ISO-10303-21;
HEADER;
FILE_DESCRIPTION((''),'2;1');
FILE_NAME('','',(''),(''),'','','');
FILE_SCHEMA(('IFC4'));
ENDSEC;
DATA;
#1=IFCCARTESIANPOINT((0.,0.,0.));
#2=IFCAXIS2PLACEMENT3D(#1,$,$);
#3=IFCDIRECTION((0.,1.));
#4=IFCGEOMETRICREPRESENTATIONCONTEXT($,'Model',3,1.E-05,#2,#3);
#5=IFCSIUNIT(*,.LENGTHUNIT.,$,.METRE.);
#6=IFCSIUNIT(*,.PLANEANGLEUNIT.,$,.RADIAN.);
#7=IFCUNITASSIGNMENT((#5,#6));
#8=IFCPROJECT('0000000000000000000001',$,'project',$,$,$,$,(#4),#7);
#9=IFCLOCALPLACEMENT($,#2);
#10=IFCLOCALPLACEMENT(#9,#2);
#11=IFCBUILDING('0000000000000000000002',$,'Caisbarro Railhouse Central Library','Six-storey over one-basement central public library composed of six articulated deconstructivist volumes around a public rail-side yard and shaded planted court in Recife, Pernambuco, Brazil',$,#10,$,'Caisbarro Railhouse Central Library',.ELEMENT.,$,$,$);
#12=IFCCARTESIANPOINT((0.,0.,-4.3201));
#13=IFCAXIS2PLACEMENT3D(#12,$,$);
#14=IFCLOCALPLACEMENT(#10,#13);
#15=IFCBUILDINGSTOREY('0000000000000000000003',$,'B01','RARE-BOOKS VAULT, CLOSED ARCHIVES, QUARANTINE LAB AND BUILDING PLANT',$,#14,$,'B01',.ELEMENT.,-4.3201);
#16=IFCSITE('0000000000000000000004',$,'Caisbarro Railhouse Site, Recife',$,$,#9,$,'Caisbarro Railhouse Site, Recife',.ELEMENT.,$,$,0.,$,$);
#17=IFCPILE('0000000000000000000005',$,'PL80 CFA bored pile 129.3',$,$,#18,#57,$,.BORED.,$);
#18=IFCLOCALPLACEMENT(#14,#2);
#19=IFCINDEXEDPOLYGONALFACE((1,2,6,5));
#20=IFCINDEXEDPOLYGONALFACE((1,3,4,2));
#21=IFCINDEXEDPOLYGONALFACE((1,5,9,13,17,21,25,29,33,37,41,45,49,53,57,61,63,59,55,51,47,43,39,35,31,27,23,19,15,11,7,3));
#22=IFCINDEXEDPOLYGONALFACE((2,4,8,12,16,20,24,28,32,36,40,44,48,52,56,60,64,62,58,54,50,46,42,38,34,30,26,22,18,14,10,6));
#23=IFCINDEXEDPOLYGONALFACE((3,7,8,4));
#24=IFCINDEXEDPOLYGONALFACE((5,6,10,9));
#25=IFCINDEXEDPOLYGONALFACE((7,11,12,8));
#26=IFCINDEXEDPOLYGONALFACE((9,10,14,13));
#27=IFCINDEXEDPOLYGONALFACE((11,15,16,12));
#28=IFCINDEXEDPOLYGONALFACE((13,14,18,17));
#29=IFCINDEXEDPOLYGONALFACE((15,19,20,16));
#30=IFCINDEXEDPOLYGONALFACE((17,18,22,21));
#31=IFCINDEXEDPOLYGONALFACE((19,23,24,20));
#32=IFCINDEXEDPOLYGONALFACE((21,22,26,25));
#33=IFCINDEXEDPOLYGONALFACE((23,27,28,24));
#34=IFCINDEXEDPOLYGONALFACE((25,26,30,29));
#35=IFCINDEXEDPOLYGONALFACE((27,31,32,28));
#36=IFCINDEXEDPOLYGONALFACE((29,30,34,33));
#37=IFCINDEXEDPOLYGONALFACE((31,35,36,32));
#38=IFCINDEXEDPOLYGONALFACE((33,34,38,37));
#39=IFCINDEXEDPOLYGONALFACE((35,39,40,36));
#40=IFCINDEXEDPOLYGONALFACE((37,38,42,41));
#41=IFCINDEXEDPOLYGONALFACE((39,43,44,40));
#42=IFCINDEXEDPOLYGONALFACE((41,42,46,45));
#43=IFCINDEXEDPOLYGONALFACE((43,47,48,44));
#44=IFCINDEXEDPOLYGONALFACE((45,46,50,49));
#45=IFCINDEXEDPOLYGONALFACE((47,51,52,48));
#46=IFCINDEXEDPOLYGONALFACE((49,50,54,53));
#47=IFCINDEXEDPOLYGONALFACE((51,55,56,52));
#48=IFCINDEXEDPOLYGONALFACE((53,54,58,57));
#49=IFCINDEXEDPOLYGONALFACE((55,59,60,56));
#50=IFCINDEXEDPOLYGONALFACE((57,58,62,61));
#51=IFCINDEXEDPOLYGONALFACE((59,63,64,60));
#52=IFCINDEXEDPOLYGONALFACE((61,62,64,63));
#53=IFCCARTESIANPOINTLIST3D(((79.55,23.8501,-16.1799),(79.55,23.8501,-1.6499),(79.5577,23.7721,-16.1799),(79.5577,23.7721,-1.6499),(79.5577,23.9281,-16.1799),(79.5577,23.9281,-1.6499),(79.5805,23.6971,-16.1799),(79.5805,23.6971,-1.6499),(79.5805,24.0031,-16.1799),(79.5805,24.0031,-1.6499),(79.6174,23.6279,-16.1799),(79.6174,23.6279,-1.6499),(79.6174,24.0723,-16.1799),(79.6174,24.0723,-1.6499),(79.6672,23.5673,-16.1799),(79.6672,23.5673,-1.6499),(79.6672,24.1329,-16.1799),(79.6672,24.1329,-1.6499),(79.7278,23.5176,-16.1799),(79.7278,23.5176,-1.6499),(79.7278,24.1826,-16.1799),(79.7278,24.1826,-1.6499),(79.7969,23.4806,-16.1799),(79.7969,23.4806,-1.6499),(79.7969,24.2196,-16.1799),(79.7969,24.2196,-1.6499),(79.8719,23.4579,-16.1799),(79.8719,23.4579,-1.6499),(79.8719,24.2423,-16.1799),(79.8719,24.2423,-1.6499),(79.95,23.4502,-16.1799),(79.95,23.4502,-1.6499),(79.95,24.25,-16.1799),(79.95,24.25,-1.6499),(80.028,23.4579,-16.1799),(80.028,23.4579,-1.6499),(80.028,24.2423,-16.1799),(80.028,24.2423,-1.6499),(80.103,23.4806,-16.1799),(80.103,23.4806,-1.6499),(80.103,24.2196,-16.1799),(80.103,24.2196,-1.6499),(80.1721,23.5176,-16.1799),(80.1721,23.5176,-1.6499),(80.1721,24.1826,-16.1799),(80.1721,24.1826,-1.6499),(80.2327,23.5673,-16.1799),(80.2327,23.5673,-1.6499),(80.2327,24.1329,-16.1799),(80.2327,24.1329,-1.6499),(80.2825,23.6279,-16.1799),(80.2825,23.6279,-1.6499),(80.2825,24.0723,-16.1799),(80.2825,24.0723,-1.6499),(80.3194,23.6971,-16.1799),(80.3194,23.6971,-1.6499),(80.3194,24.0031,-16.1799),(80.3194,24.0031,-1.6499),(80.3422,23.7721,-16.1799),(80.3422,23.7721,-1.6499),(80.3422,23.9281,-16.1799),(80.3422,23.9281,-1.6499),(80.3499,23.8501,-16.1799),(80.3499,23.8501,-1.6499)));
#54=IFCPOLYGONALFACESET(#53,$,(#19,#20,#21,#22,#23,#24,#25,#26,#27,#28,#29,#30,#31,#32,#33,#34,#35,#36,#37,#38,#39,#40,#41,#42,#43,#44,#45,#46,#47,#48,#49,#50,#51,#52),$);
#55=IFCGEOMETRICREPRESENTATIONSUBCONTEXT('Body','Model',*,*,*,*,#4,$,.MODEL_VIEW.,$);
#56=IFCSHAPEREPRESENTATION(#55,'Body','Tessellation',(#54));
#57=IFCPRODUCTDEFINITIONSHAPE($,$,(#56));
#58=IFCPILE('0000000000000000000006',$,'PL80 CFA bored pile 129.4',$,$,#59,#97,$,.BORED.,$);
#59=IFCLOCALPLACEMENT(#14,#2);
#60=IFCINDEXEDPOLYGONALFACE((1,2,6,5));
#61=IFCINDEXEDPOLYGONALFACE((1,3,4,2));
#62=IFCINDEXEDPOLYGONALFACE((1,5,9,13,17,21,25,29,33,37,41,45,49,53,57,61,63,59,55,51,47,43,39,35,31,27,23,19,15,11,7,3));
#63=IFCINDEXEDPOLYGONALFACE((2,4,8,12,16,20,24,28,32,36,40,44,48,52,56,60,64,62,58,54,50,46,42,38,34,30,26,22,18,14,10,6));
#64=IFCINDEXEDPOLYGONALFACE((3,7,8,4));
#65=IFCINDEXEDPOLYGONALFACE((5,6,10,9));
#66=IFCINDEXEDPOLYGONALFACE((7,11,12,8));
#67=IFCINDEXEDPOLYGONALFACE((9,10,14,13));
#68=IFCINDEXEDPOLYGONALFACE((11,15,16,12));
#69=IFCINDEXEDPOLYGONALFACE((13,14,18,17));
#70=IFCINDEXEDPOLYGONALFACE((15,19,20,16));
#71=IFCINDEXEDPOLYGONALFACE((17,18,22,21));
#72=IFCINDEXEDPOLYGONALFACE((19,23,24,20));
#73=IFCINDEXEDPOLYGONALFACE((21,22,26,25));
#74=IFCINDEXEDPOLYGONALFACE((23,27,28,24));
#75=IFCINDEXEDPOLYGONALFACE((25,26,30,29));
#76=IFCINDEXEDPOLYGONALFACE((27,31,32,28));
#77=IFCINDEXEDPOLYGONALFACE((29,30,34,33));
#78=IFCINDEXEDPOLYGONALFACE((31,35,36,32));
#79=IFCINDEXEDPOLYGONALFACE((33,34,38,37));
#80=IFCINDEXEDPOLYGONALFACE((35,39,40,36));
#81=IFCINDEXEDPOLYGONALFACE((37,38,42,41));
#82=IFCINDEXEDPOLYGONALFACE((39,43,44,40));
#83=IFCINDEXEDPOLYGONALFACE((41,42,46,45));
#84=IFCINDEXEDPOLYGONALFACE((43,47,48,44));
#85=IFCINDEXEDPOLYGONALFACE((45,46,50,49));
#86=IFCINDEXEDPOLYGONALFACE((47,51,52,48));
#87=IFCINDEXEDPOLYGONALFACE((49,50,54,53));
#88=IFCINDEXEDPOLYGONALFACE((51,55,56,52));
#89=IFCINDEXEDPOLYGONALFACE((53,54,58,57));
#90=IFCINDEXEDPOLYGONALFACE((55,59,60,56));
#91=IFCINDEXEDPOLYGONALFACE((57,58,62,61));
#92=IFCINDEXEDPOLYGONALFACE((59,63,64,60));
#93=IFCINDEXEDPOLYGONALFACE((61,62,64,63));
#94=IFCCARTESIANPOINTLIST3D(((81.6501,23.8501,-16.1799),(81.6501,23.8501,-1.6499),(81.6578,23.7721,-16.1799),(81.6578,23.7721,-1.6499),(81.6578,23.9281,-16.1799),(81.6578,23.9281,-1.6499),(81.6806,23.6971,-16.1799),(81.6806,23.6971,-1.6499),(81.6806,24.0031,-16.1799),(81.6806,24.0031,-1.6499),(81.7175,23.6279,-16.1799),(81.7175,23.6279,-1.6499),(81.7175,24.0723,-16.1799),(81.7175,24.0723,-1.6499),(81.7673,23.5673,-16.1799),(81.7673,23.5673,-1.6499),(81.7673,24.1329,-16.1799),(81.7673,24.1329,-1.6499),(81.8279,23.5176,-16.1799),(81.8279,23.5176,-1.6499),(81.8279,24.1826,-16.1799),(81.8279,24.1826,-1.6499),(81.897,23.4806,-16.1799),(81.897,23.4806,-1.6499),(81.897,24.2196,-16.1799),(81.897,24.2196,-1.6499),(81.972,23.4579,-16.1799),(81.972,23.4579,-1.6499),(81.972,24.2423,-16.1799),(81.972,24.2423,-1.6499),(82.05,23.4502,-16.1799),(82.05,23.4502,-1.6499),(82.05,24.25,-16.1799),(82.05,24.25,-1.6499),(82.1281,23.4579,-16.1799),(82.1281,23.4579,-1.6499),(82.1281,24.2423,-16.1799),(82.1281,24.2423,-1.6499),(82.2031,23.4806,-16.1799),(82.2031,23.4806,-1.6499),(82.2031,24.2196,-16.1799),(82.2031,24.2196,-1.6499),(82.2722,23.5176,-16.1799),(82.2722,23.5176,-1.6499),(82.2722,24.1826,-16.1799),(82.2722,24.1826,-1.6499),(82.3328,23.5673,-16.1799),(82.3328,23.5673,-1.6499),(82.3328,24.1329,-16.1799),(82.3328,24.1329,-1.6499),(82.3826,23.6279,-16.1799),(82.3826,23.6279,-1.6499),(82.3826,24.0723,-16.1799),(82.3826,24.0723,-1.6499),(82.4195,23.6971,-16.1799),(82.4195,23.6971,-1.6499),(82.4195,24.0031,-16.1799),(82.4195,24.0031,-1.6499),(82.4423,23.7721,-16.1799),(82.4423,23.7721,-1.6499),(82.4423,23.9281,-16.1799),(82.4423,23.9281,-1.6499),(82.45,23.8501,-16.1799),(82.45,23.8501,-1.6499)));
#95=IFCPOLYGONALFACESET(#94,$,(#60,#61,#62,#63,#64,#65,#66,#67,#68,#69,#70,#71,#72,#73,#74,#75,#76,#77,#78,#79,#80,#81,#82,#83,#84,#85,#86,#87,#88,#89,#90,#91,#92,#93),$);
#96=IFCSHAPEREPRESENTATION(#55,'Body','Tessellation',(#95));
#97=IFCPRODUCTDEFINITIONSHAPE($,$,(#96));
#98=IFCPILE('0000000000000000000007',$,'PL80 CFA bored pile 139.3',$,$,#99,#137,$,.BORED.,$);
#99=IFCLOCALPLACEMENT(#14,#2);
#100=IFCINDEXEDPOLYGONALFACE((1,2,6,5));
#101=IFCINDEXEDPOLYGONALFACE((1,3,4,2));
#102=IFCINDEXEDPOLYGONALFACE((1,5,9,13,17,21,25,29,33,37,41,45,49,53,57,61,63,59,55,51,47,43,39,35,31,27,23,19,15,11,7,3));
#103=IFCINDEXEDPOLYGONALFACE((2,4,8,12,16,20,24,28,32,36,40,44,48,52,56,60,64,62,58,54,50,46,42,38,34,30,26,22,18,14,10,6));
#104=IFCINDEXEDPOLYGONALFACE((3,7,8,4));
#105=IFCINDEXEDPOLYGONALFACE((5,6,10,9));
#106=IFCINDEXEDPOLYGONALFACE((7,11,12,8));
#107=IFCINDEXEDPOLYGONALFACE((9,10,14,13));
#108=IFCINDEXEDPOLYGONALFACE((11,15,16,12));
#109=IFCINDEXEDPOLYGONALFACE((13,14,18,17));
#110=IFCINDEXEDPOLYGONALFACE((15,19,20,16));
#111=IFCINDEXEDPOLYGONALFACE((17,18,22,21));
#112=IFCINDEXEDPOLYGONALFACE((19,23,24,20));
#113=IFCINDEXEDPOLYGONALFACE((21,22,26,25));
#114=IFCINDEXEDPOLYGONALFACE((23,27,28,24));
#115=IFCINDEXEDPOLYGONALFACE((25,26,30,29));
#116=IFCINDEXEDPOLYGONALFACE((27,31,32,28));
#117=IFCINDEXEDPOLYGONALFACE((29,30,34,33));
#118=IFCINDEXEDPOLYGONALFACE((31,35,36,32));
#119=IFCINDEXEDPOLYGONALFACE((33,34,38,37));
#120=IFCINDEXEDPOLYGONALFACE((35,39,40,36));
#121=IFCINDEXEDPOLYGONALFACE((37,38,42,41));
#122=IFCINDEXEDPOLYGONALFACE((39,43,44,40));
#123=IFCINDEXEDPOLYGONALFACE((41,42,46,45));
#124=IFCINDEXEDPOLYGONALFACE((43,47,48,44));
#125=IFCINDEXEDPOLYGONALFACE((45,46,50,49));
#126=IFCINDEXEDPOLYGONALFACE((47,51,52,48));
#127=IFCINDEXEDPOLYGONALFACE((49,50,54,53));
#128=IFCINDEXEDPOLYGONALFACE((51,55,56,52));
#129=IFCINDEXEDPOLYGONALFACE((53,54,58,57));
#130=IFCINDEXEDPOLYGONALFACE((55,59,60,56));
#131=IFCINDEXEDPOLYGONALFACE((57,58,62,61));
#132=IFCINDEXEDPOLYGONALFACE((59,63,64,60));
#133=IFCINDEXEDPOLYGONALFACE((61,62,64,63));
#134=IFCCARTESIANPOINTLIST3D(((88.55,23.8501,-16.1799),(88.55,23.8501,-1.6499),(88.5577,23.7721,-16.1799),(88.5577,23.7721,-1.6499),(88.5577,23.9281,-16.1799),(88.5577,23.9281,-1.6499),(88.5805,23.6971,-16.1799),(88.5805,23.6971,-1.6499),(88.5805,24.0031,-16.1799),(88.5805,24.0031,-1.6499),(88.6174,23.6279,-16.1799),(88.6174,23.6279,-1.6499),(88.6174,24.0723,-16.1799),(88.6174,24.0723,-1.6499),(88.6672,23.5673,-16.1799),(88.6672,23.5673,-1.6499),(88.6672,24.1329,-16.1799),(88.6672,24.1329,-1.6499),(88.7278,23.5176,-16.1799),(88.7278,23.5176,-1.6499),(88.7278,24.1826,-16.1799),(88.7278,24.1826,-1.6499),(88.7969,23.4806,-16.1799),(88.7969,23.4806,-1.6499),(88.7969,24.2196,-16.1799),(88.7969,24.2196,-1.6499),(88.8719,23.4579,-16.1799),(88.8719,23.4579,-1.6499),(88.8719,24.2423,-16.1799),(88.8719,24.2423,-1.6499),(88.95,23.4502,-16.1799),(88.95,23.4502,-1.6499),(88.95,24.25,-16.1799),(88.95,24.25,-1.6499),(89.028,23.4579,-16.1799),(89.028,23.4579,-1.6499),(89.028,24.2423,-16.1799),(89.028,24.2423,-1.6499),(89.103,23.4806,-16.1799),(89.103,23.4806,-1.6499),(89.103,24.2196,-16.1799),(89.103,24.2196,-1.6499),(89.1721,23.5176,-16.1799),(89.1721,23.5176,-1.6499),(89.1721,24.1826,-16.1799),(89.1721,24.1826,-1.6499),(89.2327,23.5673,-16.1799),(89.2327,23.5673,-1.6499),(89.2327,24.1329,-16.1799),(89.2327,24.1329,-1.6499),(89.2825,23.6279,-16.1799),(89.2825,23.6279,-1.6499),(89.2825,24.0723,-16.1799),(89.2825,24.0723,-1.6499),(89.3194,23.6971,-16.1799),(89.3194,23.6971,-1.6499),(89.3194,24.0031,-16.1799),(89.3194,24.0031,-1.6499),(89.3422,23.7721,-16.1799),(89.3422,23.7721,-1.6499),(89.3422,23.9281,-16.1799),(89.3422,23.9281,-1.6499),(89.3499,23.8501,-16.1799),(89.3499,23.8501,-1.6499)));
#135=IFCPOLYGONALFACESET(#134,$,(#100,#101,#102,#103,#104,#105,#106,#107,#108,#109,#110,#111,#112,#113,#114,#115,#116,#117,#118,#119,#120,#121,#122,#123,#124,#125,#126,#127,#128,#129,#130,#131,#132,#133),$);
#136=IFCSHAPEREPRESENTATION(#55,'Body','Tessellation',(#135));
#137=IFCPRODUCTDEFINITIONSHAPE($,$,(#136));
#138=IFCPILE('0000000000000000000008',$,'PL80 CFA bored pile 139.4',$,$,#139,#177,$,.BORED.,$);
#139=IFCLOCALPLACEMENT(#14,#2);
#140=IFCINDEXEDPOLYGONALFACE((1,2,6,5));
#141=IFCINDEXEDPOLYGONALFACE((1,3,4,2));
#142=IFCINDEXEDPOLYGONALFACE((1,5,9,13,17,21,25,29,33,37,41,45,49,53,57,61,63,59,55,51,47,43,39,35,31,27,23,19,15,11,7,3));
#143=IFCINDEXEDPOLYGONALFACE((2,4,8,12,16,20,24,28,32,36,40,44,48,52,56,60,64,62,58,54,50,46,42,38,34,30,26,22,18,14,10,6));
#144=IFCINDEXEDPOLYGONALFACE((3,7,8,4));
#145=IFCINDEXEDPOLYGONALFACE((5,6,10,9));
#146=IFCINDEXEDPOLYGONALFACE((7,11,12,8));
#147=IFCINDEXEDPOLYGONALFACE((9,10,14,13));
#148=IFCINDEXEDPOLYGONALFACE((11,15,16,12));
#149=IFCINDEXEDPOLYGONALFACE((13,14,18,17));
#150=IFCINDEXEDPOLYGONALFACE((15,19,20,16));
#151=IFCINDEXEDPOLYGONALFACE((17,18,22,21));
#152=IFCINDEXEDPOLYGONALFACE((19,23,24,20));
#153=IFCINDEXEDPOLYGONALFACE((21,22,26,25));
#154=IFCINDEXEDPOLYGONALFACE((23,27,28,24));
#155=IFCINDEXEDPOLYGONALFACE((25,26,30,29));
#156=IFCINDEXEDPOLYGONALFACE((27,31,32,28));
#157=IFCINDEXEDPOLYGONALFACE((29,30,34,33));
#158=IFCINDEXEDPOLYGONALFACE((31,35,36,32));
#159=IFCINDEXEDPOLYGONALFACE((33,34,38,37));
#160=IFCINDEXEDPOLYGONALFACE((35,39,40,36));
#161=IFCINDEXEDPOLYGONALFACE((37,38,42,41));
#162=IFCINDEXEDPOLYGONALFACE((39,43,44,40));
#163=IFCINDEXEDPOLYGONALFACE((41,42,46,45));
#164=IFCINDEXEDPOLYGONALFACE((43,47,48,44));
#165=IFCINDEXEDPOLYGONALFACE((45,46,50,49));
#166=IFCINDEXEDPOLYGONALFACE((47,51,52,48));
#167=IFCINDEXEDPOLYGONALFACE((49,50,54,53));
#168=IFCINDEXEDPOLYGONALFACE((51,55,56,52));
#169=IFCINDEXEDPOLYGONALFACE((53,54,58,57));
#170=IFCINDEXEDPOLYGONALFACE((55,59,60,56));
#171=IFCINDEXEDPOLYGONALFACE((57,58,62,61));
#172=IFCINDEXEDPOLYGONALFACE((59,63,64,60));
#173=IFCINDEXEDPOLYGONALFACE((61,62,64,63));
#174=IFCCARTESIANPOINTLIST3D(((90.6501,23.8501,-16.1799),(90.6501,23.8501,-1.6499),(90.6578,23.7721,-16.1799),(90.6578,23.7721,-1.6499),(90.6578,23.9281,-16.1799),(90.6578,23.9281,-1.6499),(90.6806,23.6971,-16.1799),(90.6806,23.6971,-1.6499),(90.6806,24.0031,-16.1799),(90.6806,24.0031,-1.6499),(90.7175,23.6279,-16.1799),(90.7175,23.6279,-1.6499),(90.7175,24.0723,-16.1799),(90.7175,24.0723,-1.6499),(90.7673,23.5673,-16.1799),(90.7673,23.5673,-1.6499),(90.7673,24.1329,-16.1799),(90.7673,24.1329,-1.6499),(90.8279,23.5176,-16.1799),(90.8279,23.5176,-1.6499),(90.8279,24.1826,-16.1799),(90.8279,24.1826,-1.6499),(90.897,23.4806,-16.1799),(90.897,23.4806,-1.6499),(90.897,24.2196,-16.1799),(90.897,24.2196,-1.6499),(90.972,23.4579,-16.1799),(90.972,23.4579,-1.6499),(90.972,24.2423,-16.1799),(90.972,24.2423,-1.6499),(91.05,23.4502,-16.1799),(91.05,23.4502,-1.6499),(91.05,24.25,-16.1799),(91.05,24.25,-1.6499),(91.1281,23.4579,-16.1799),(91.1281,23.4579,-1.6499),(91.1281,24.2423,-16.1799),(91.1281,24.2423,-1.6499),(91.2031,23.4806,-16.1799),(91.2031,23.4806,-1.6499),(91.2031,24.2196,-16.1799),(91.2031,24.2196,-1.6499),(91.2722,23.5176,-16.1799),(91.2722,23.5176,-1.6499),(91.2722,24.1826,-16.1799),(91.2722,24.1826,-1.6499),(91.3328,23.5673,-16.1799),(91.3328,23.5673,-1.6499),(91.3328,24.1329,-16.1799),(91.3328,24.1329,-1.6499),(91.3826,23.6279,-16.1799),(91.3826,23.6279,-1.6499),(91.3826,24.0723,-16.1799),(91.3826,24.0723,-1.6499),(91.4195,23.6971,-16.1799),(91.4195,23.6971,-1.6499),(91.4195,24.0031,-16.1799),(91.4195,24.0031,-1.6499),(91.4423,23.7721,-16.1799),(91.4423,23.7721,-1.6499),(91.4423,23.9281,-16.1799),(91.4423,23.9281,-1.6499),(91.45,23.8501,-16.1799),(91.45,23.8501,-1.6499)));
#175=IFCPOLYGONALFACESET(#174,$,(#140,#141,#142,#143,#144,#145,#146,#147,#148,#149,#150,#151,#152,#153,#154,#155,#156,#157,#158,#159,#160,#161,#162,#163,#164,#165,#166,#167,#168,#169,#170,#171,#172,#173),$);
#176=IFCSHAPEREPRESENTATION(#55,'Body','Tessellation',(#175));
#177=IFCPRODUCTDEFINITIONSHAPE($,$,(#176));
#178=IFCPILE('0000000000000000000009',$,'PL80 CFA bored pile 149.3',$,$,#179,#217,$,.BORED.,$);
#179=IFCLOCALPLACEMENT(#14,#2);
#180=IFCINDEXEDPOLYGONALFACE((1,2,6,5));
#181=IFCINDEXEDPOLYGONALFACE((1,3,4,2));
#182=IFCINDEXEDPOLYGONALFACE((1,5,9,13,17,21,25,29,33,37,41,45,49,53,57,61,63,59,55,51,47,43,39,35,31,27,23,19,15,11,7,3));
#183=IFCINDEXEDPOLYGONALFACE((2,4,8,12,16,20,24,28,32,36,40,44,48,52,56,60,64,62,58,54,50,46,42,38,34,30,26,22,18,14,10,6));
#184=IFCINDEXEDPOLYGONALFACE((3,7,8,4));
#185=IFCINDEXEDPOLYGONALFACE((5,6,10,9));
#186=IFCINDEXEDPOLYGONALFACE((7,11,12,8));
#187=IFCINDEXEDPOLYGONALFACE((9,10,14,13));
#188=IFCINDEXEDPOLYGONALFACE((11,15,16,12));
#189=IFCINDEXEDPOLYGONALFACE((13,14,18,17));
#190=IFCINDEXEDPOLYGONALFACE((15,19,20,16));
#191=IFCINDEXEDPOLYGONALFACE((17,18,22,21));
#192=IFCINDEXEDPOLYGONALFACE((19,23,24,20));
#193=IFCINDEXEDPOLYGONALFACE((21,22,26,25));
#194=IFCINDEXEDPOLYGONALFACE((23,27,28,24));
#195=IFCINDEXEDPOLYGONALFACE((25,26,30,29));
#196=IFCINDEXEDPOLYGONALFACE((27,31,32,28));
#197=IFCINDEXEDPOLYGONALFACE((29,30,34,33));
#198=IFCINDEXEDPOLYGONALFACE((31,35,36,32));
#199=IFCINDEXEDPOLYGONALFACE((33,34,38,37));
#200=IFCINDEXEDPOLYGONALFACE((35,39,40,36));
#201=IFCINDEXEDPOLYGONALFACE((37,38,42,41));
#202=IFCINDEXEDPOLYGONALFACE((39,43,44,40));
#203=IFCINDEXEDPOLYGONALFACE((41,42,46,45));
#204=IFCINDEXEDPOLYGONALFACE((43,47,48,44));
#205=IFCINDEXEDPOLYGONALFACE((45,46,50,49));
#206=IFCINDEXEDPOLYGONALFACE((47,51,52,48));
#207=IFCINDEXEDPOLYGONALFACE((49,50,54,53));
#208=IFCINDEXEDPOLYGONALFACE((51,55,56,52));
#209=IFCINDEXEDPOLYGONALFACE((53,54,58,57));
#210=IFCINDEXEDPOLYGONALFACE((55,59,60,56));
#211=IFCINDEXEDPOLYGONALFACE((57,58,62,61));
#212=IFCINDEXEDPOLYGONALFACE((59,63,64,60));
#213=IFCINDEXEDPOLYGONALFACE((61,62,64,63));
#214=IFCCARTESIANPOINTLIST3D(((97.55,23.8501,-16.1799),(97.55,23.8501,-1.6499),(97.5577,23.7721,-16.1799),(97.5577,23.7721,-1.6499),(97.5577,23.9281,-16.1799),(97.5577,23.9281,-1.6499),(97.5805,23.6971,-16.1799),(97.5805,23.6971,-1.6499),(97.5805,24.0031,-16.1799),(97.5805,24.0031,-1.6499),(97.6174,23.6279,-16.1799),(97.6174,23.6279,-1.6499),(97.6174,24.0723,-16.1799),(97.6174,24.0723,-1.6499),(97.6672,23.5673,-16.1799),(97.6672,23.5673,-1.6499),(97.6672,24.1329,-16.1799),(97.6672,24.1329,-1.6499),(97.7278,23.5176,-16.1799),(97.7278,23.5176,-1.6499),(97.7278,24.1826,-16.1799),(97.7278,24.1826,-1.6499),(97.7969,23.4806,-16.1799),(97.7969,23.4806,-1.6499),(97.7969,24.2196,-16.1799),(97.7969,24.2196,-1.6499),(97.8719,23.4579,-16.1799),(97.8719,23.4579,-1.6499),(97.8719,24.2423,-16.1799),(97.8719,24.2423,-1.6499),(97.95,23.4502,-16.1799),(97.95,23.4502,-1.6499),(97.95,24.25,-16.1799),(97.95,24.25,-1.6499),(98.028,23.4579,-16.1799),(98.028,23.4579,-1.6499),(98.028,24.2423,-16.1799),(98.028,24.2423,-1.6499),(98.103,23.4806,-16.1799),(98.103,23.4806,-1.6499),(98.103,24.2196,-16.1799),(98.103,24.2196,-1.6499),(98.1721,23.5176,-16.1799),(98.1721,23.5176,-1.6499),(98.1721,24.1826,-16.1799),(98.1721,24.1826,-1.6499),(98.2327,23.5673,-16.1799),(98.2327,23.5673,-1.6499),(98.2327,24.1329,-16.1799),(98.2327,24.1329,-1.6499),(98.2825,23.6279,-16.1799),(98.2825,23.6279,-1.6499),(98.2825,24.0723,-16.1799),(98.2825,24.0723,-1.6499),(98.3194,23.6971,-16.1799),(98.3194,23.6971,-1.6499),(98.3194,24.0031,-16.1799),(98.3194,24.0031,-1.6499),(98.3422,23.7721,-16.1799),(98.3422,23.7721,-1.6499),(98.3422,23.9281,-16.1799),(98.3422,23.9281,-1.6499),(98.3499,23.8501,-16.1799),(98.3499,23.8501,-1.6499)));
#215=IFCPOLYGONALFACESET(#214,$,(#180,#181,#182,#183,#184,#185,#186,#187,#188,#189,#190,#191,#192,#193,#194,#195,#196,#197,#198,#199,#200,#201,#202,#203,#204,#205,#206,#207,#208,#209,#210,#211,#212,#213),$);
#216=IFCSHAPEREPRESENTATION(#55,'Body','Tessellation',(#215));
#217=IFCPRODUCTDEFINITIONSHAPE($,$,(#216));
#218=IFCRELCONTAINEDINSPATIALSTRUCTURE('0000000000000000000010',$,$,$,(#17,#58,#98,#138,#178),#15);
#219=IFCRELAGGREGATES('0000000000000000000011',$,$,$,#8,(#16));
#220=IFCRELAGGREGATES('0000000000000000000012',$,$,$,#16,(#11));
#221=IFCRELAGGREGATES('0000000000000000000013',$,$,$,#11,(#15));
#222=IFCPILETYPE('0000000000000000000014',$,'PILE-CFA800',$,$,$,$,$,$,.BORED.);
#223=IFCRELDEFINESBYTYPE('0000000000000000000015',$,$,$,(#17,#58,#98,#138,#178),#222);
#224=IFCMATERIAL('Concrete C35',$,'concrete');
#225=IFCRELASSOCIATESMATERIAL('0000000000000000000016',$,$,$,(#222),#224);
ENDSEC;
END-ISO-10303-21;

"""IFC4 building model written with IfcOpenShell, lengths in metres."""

from ifc_helpers import new_model, si_unit, direction, frame, origin, origin_2d, place, context, subcontext, project, spatial, circle, extrude, material, material_profile, profile_set, type_object, element, save


model = new_model("IFC4")

# Units and contexts
model_context = context("Model", 3, precision=1e-05, world=origin(), true_north=direction((0.0, 1.0)))
body_context = subcontext(model_context, "Body", "Model", "MODEL_VIEW")
ifc_project = project(units=[si_unit("LENGTHUNIT", "METRE"), si_unit("PLANEANGLEUNIT", "RADIAN")], contexts=[model_context])

# Site, building, storey
site_placement = place(None, origin())
site = spatial("IfcSite", under=ifc_project, at=site_placement, Name="Caisbarro Railhouse Site, Recife", LongName="Caisbarro Railhouse Site, Recife", CompositionType="ELEMENT", RefElevation=0.0)
building_placement = place(site_placement, origin())
building = spatial("IfcBuilding", under=site, at=building_placement, Name="Caisbarro Railhouse Central Library", Description="Six-storey over one-basement central public library composed of six articulated deconstructivist volumes around a public rail-side yard and shaded planted court in Recife, Pernambuco, Brazil", LongName="Caisbarro Railhouse Central Library", CompositionType="ELEMENT")
storey_placement = place(building_placement, frame((0.0, 0.0, -4.3201)))
storey = spatial("IfcBuildingStorey", under=building, at=storey_placement, Name="B01", Description="RARE-BOOKS VAULT, CLOSED ARCHIVES, QUARANTINE LAB AND BUILDING PLANT", LongName="B01", CompositionType="ELEMENT", Elevation=-4.3201)

# Piles
ifc_material_1 = material(Name="Concrete C35", Category="concrete")
ifc_material_profile_1 = material_profile(ifc_material_1, circle(Radius=0.3999, at=origin_2d()), Name="PILE-CFA-800")
ifc_profile_set_1 = profile_set([ifc_material_profile_1], Name="Concrete C35")
pile_type_1 = type_object("IfcPileType", Name="PILE-CFA800", PredefinedType="BORED", material=ifc_profile_set_1)
for number, where, z_axis, x_axis, name in (
    (1, (79.95, 23.8501, -1.6499), (0.0, 0.0, -1.0), (1.0, 0.0, 0.0), "PL80 CFA bored pile 129.3"),
    (2, (82.05, 23.8501, -1.6499), (0.0, 0.0, -1.0), (1.0, 0.0, 0.0), "PL80 CFA bored pile 129.4"),
    (3, (88.95, 23.8501, -1.6499), (0.0, 0.0, -1.0), (1.0, 0.0, 0.0), "PL80 CFA bored pile 139.3"),
    (4, (91.05, 23.8501, -1.6499), (0.0, 0.0, -1.0), (1.0, 0.0, 0.0), "PL80 CFA bored pile 139.4"),
    (5, (97.95, 23.8501, -1.6499), (0.0, 0.0, -1.0), (1.0, 0.0, 0.0), "PL80 CFA bored pile 149.3"),
):
    element("IfcPile", number, at=place(storey_placement, frame(where, z_axis=z_axis, x_axis=x_axis)), inside=storey, type_object=pile_type_1, Name=name, PredefinedType="BORED", context=body_context, shape_type="SweptSolid", body=[
        extrude(circle(Radius=0.3999, at=origin_2d()), origin(), (0.0, 0.0, 1.0), 14.53),
    ])

save(model, "model.ifc")
